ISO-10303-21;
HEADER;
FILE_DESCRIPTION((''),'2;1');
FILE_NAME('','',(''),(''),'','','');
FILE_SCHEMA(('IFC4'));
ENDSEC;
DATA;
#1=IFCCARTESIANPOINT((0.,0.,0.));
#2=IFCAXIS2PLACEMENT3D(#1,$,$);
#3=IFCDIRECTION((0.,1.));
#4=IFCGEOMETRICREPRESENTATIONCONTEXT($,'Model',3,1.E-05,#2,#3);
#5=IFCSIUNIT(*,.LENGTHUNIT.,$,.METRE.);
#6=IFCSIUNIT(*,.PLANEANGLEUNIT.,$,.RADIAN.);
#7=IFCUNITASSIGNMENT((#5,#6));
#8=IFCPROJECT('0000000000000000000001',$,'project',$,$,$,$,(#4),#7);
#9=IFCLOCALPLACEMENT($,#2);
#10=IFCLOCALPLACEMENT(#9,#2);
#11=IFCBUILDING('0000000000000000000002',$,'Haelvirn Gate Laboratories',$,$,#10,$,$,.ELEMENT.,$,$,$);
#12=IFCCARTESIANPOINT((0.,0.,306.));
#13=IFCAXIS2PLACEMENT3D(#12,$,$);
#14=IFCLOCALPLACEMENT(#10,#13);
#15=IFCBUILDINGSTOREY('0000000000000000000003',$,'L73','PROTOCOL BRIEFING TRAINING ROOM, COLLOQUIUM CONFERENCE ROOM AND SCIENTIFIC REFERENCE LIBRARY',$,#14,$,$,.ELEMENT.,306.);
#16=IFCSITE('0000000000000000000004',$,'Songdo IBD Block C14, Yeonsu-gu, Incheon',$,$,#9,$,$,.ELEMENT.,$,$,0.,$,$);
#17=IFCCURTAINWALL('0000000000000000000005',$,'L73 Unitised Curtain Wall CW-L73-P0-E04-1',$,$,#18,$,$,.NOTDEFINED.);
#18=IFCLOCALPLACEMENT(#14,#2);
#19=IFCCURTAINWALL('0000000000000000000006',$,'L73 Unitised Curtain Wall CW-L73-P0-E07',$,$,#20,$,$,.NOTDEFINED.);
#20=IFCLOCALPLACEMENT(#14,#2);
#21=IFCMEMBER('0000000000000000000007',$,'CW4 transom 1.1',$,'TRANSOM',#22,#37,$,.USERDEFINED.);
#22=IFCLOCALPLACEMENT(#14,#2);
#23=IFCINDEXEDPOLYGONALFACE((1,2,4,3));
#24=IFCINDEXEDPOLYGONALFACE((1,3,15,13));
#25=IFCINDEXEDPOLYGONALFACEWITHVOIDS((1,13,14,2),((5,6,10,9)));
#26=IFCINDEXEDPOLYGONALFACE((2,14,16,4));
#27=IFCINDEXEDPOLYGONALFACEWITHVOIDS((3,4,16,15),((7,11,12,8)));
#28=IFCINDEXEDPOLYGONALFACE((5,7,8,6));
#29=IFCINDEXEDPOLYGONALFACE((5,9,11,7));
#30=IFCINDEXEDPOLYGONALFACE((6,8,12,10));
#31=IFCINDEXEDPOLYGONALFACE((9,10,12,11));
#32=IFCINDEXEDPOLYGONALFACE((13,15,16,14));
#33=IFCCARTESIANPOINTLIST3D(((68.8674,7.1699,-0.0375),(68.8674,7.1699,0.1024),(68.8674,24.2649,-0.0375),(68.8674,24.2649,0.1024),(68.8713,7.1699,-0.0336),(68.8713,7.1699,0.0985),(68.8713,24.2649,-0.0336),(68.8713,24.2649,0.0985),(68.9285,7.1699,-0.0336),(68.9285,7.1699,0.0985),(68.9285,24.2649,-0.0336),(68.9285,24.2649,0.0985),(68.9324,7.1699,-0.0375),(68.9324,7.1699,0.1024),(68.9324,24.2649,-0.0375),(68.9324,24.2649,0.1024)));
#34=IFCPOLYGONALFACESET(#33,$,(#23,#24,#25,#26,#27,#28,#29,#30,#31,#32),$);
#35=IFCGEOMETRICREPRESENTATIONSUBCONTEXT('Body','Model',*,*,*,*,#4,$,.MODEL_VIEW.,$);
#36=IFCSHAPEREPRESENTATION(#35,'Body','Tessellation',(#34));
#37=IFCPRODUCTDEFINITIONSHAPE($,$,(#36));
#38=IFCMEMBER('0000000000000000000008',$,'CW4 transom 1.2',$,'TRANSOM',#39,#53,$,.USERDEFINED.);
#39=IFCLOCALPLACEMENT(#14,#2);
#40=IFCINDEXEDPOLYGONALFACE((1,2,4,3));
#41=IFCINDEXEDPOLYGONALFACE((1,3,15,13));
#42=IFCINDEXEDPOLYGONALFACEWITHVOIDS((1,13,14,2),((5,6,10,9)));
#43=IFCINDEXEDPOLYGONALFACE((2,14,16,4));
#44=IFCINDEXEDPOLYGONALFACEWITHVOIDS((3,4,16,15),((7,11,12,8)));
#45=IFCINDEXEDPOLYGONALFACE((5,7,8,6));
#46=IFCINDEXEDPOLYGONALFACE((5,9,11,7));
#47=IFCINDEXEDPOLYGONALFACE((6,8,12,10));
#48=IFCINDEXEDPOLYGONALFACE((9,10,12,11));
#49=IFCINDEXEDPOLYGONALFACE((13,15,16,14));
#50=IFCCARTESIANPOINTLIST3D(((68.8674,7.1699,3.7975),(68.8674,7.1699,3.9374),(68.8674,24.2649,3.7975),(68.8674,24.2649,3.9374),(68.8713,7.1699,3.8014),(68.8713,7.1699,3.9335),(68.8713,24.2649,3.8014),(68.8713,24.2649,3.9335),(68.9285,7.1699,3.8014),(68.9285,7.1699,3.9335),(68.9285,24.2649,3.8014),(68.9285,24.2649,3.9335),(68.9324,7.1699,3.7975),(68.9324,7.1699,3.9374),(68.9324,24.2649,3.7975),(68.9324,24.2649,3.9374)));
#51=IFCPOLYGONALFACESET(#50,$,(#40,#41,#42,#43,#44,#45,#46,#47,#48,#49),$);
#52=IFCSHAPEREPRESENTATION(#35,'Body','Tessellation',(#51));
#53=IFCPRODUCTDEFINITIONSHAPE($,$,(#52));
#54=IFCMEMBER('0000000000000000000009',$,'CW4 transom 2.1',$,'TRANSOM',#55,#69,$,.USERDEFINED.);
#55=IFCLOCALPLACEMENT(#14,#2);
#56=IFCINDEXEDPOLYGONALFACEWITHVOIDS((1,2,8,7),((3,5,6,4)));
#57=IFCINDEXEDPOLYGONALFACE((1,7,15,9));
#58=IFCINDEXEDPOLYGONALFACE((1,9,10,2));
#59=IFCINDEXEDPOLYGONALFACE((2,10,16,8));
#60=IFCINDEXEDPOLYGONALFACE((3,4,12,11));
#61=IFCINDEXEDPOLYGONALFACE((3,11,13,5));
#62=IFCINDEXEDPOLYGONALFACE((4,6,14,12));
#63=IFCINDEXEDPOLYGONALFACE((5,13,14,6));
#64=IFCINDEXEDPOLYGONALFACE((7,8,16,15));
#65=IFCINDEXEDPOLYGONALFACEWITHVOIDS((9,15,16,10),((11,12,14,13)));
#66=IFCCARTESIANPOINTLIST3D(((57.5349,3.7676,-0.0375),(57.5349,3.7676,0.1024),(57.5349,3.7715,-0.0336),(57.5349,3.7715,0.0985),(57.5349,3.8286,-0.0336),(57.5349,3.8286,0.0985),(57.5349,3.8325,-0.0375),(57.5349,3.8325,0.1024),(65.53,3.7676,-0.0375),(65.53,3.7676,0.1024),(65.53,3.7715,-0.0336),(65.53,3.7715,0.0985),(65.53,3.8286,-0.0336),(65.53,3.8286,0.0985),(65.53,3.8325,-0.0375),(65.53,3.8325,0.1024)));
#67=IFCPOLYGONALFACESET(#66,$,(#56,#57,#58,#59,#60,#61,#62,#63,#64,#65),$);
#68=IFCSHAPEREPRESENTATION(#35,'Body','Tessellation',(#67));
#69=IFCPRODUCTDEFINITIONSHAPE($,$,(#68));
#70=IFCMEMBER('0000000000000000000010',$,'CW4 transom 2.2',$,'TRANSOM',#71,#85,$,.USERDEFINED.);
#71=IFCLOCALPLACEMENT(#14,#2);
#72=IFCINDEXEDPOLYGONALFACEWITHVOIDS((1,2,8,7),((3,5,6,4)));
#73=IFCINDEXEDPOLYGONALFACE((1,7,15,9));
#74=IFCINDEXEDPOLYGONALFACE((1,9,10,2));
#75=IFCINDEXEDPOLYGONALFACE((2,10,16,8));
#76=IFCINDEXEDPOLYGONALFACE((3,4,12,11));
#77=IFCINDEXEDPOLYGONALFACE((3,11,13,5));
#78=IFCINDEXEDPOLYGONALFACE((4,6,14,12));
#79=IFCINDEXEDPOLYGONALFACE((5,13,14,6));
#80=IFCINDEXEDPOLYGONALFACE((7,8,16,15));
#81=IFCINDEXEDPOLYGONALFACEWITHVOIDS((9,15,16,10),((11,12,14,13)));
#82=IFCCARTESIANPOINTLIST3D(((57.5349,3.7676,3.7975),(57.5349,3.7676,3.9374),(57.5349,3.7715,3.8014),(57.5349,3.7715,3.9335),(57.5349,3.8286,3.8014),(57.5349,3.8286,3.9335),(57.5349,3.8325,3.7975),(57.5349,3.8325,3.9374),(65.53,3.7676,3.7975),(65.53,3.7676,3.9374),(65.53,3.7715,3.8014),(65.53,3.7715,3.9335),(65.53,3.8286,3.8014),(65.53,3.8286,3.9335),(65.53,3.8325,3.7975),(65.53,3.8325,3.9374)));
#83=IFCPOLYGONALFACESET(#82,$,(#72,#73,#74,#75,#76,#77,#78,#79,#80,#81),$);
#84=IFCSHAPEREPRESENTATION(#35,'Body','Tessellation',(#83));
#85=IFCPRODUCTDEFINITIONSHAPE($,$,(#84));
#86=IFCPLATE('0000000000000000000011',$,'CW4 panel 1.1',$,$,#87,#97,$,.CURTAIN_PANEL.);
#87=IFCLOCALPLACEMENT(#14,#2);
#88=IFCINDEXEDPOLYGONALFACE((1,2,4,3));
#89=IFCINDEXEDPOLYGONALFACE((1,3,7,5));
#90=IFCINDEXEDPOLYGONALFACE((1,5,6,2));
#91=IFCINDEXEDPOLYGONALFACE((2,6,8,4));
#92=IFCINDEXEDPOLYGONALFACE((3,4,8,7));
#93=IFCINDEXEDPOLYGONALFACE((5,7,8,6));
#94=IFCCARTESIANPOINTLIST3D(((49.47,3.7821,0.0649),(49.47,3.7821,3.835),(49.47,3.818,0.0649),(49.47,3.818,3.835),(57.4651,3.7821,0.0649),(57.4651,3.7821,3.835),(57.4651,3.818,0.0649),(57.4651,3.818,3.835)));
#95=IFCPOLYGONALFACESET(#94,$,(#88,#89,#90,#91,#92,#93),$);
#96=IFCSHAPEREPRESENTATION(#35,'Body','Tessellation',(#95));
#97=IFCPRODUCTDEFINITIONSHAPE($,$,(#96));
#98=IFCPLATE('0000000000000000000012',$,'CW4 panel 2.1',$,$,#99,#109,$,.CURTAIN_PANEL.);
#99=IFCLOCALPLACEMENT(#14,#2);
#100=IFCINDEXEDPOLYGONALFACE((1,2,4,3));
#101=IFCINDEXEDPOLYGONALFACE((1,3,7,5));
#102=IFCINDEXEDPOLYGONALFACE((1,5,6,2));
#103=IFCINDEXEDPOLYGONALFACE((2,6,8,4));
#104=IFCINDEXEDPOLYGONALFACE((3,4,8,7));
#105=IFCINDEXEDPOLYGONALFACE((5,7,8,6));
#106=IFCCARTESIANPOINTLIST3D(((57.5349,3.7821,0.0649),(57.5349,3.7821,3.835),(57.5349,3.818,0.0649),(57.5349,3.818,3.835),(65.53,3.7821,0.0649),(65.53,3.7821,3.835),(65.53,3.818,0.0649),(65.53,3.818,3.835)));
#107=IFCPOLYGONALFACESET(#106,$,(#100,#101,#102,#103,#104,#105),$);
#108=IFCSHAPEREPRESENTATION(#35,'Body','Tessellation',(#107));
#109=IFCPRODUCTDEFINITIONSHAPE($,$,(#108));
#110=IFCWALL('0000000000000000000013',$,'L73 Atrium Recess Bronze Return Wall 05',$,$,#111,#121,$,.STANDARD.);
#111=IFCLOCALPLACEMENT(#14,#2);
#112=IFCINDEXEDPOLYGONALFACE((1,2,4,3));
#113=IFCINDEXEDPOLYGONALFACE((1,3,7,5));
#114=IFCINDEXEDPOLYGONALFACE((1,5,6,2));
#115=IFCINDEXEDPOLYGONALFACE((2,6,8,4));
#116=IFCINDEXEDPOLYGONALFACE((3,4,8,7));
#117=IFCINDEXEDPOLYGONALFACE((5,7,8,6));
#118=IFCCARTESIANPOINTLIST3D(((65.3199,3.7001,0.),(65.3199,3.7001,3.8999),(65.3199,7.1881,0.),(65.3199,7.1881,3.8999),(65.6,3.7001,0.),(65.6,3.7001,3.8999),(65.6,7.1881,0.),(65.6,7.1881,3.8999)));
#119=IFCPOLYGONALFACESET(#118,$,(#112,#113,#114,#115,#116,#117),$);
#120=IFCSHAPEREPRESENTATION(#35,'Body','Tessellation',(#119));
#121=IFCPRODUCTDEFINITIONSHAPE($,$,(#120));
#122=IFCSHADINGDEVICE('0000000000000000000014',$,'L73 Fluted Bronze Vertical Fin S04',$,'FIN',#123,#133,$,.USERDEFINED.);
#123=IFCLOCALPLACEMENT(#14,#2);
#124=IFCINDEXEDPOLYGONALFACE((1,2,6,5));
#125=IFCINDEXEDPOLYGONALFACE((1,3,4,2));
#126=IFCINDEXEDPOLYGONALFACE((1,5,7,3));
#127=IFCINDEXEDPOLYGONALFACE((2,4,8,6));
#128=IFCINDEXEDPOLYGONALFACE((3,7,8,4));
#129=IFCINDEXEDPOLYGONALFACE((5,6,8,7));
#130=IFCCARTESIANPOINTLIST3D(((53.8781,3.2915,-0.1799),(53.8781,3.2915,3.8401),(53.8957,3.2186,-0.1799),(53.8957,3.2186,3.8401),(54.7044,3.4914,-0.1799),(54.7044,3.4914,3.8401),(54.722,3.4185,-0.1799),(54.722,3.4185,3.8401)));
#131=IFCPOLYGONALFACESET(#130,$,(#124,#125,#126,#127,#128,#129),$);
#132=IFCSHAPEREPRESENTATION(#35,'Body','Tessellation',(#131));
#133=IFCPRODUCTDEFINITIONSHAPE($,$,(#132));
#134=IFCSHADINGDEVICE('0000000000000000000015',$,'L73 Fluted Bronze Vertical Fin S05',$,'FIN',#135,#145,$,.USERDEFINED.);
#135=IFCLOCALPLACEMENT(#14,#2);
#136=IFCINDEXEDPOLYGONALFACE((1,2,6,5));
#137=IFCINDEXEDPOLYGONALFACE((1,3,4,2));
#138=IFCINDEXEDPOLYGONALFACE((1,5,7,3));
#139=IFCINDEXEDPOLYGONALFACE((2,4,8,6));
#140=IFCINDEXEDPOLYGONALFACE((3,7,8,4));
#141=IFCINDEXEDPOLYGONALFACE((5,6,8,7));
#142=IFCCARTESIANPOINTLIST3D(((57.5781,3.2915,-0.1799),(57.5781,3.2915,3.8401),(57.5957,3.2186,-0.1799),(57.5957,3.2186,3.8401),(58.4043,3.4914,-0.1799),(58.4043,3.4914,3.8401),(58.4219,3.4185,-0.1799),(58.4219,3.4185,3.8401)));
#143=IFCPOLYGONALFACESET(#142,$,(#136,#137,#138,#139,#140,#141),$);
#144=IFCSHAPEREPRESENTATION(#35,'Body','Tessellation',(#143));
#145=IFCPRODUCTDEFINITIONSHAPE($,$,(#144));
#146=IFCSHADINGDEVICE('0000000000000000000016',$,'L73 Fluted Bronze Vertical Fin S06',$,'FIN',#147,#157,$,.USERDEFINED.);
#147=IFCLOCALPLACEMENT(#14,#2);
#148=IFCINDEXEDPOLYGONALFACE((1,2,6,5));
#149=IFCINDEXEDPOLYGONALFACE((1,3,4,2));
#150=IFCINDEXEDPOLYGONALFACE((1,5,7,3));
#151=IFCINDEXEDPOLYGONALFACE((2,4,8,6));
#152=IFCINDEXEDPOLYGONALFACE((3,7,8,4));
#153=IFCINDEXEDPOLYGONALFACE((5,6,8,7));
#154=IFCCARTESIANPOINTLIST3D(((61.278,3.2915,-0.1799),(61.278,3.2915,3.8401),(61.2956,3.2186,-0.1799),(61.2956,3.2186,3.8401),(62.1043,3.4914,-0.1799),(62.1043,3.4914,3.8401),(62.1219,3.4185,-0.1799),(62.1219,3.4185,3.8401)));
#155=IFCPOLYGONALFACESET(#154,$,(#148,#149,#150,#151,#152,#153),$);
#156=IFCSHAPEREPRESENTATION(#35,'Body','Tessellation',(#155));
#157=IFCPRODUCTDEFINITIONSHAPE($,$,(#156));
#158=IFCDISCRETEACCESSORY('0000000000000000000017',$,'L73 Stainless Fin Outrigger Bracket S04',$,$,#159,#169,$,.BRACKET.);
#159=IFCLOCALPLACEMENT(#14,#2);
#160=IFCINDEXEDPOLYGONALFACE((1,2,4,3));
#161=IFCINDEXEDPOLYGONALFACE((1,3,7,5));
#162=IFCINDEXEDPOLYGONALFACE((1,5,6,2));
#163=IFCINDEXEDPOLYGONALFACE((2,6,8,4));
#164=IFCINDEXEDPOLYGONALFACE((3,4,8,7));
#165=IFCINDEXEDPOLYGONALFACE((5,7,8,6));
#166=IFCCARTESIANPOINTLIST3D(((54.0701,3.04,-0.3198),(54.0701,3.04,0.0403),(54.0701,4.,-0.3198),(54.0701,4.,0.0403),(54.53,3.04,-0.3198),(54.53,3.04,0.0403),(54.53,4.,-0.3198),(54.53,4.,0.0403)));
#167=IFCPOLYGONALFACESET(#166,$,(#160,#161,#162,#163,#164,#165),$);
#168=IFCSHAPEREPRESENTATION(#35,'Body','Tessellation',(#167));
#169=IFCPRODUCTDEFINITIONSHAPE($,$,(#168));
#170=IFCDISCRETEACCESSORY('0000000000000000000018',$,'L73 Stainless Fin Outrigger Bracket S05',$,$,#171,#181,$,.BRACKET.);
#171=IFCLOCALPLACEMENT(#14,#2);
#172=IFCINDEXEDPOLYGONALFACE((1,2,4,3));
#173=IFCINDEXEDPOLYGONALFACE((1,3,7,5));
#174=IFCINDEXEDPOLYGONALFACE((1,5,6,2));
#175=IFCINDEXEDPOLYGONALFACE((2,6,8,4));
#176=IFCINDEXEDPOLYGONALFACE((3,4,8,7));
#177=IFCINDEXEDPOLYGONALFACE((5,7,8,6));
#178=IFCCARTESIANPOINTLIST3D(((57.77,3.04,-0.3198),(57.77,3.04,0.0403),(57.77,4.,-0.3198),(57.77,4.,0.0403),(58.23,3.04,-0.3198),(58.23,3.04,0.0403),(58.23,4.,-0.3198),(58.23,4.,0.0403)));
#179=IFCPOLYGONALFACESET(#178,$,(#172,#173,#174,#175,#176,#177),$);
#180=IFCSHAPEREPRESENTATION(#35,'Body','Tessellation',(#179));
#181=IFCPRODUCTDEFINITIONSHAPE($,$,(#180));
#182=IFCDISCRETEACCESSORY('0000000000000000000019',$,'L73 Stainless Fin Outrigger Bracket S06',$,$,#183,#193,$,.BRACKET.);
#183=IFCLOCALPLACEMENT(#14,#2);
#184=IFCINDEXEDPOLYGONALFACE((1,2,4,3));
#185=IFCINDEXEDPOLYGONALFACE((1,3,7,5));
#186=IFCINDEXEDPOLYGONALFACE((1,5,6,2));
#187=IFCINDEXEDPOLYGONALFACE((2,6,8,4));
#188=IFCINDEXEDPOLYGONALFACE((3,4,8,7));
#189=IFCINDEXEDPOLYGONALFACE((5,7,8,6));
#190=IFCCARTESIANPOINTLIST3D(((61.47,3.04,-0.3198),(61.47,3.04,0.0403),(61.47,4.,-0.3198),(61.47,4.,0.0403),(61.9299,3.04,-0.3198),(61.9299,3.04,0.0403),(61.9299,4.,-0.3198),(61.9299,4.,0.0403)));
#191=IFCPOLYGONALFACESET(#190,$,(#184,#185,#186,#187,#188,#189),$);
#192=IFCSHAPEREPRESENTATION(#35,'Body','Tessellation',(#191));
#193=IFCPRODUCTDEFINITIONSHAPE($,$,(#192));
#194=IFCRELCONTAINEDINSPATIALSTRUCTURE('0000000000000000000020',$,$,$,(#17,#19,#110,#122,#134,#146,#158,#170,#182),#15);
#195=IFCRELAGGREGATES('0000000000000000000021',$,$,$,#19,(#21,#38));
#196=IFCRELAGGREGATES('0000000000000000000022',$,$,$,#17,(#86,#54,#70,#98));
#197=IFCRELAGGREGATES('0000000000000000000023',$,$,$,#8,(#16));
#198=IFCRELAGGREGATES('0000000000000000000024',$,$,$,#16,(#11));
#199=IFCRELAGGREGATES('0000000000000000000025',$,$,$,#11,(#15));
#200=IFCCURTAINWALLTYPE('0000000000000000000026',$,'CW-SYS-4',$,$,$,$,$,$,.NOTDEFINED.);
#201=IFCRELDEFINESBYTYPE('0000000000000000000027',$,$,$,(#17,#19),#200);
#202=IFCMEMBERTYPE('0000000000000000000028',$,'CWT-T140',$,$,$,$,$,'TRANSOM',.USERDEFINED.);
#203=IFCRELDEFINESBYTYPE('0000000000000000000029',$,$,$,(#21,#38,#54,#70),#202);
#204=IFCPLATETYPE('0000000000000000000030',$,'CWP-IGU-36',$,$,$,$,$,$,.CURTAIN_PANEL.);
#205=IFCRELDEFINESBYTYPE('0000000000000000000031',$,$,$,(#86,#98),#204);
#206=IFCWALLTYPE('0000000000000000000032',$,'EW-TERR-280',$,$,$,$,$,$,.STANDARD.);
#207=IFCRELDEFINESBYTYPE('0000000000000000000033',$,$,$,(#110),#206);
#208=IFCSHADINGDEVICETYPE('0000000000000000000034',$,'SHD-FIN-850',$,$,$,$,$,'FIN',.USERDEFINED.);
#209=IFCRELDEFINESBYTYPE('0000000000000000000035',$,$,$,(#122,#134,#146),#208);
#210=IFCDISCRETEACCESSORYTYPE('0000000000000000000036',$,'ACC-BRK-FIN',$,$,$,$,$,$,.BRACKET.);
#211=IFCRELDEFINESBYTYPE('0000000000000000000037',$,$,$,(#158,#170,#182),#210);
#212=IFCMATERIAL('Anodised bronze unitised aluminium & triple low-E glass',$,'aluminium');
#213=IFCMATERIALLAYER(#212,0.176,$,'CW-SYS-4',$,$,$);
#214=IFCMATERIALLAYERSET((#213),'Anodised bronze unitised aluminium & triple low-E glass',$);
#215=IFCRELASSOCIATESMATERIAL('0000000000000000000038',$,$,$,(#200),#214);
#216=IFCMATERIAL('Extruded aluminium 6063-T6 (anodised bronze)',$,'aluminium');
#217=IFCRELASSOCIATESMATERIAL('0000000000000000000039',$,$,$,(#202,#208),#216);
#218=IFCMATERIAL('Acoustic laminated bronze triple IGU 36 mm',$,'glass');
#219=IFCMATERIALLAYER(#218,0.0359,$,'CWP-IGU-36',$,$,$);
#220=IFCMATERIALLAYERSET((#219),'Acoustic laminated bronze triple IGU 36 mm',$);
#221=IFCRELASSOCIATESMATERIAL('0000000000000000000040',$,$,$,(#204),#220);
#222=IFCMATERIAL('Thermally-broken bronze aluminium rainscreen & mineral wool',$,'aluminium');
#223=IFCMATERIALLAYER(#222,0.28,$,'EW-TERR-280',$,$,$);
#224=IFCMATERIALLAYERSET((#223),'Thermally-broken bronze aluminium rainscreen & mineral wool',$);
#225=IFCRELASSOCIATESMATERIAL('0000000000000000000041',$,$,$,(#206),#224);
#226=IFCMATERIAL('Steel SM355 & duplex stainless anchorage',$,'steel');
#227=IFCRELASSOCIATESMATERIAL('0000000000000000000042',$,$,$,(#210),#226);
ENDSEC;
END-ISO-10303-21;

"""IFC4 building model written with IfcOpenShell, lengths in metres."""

from ifc_helpers import new_model, si_unit, direction, frame, frame_2d, origin, origin_2d, place, context, subcontext, project, spatial, rectangle, hollow_rectangle, extrude, source, transform, mapped, material, layer, layer_set, material_profile, profile_set, type_object, type_shapes, element, aggregate, save


model = new_model("IFC4")

# Units and contexts
model_context = context("Model", 3, precision=1e-05, world=origin(), true_north=direction((0.0, 1.0)))
body_context = subcontext(model_context, "Body", "Model", "MODEL_VIEW")
ifc_project = project(units=[si_unit("LENGTHUNIT", "METRE"), si_unit("PLANEANGLEUNIT", "RADIAN")], contexts=[model_context])

# Site, building, storey
site_placement = place(None, origin())
site = spatial("IfcSite", under=ifc_project, at=site_placement, Name="Songdo IBD Block C14, Yeonsu-gu, Incheon", CompositionType="ELEMENT", RefElevation=0.0)
building_placement = place(site_placement, origin())
building = spatial("IfcBuilding", under=site, at=building_placement, Name="Haelvirn Gate Laboratories", CompositionType="ELEMENT")
storey_placement = place(building_placement, frame((0.0, 0.0, 306.0)))
storey = spatial("IfcBuildingStorey", under=building, at=storey_placement, Name="L73", Description="PROTOCOL BRIEFING TRAINING ROOM, COLLOQUIUM CONFERENCE ROOM AND SCIENTIFIC REFERENCE LIBRARY", CompositionType="ELEMENT", Elevation=306.0)

# Curtain wall
ifc_material_1 = material(Name="Anodised bronze unitised aluminium & triple low-E glass", Category="aluminium")
ifc_layer_1 = layer(ifc_material_1, 0.176, Name="CW-SYS-4")
ifc_layer_set_1 = layer_set([ifc_layer_1], Name="Anodised bronze unitised aluminium & triple low-E glass")
curtain_wall_type_1 = type_object("IfcCurtainWallType", Name="CW-SYS-4", PredefinedType="NOTDEFINED", material=ifc_layer_set_1)
curtain_wall_1_placement = place(storey_placement, origin())
curtain_wall_1 = element("IfcCurtainWall", 1, at=curtain_wall_1_placement, inside=storey, type_object=curtain_wall_type_1, Name="L73 Unitised Curtain Wall CW-L73-P0-E04-1", PredefinedType="NOTDEFINED")
ifc_material_2 = material(Name="Extruded aluminium 6063-T6 (anodised bronze)", Category="aluminium")

# Curtain wall
curtain_wall_2_placement = place(storey_placement, origin())
curtain_wall_2 = element("IfcCurtainWall", 2, at=curtain_wall_2_placement, inside=storey, type_object=curtain_wall_type_1, Name="L73 Unitised Curtain Wall CW-L73-P0-E07", PredefinedType="NOTDEFINED")

# Shared definitions
ifc_material_profile_1 = material_profile(ifc_material_2, hollow_rectangle(XDim=0.0649, YDim=0.1399, WallThickness=0.0039, at=origin_2d()), Name="CWT-140x65x4")
ifc_profile_set_1 = profile_set([ifc_material_profile_1], Name="Extruded aluminium 6063-T6 (anodised bronze)")
member_type_1 = type_object("IfcMemberType", Name="CWT-T140", ElementType="TRANSOM", PredefinedType="USERDEFINED", material=ifc_profile_set_1)

# Members
shared_shape_1 = source(origin(), body_context, "Body", "SweptSolid", [
    extrude(hollow_rectangle(XDim=0.0649, YDim=0.1399, WallThickness=0.0039, at=origin_2d()), origin(), (0.0, 0.0, 1.0), 17.095),
])
member_1_placement = place(storey_placement, frame((68.8999, 7.1699, 0.0325), z_axis=(0.0, 1.0, 0.0), x_axis=(-1.0, 0.0, 0.0)))
member_1 = element("IfcMember", 3, at=member_1_placement, type_object=member_type_1, Name="CW4 transom 1.1", ObjectType="TRANSOM", PredefinedType="USERDEFINED", context=body_context, shape_type="MappedRepresentation", body=[
    mapped(shared_shape_1, transform((0.0, 0.0, 0.0), scale=1.0)),
])
member_2_placement = place(storey_placement, frame((68.8999, 7.1699, 3.8674), z_axis=(0.0, 1.0, 0.0), x_axis=(-1.0, 0.0, 0.0)))
member_2 = element("IfcMember", 4, at=member_2_placement, type_object=member_type_1, Name="CW4 transom 1.2", ObjectType="TRANSOM", PredefinedType="USERDEFINED", context=body_context, shape_type="MappedRepresentation", body=[
    mapped(shared_shape_1, transform((0.0, 0.0, 0.0), scale=1.0)),
])
aggregate(curtain_wall_2, [member_1, member_2])
shared_shape_2 = source(origin(), body_context, "Body", "SweptSolid", [
    extrude(hollow_rectangle(XDim=0.0649, YDim=0.1399, WallThickness=0.0039, at=origin_2d()), origin(), (0.0, 0.0, 1.0), 7.9951),
])
member_3_placement = place(storey_placement, frame((57.5349, 3.8, 0.0325), z_axis=(1.0, 0.0, 0.0), x_axis=(0.0, 1.0, 0.0)))
member_3 = element("IfcMember", 5, at=member_3_placement, type_object=member_type_1, Name="CW4 transom 2.1", ObjectType="TRANSOM", PredefinedType="USERDEFINED", context=body_context, shape_type="MappedRepresentation", body=[
    mapped(shared_shape_2, transform((0.0, 0.0, 0.0), scale=1.0)),
])
member_4_placement = place(storey_placement, frame((57.5349, 3.8, 3.8674), z_axis=(1.0, 0.0, 0.0), x_axis=(0.0, 1.0, 0.0)))
member_4 = element("IfcMember", 6, at=member_4_placement, type_object=member_type_1, Name="CW4 transom 2.2", ObjectType="TRANSOM", PredefinedType="USERDEFINED", context=body_context, shape_type="MappedRepresentation", body=[
    mapped(shared_shape_2, transform((0.0, 0.0, 0.0), scale=1.0)),
])

# Plates
ifc_material_3 = material(Name="Acoustic laminated bronze triple IGU 36 mm", Category="glass")
ifc_layer_2 = layer(ifc_material_3, 0.0359, Name="CWP-IGU-36")
ifc_layer_set_2 = layer_set([ifc_layer_2], Name="Acoustic laminated bronze triple IGU 36 mm")
plate_type = type_object("IfcPlateType", Name="CWP-IGU-36", PredefinedType="CURTAIN_PANEL", material=ifc_layer_set_2)
shared_shape_3 = source(origin(), body_context, "Body", "SweptSolid", [
    extrude(rectangle(XDim=7.9951, YDim=0.0359, at=origin_2d()), origin(), (0.0, 0.0, 1.0), 3.77),
])
type_shapes(plate_type, [shared_shape_3])
plate_1_placement = place(storey_placement, frame((53.4675, 3.8, 0.0649), z_axis=(0.0, 0.0, 1.0), x_axis=(1.0, 0.0, 0.0)))
plate_1 = element("IfcPlate", 7, at=plate_1_placement, type_object=plate_type, Name="CW4 panel 1.1", PredefinedType="CURTAIN_PANEL", context=body_context, shape_type="MappedRepresentation", body=[
    mapped(shared_shape_3, transform((0.0, 0.0, 0.0), scale=1.0)),
])
plate_2_placement = place(storey_placement, frame((61.5325, 3.8, 0.0649), z_axis=(0.0, 0.0, 1.0), x_axis=(1.0, 0.0, 0.0)))
plate_2 = element("IfcPlate", 8, at=plate_2_placement, type_object=plate_type, Name="CW4 panel 2.1", PredefinedType="CURTAIN_PANEL", context=body_context, shape_type="MappedRepresentation", body=[
    mapped(shared_shape_3, transform((0.0, 0.0, 0.0), scale=1.0)),
])
aggregate(curtain_wall_1, [plate_1, member_3, member_4, plate_2])

# Wall
ifc_material_4 = material(Name="Thermally-broken bronze aluminium rainscreen & mineral wool", Category="aluminium")
ifc_layer_3 = layer(ifc_material_4, 0.28, Name="EW-TERR-280")
ifc_layer_set_3 = layer_set([ifc_layer_3], Name="Thermally-broken bronze aluminium rainscreen & mineral wool")
wall_type = type_object("IfcWallType", Name="EW-TERR-280", PredefinedType="STANDARD", material=ifc_layer_set_3)
wall_placement = place(storey_placement, frame((65.46, 3.7, 0.0), z_axis=(0.0, 0.0, 1.0), x_axis=(0.0, 1.0, 0.0)))
element("IfcWall", 9, at=wall_placement, inside=storey, type_object=wall_type, Name="L73 Atrium Recess Bronze Return Wall 05", PredefinedType="STANDARD", context=body_context, shape_type="SweptSolid", body=[
    extrude(rectangle(XDim=3.488, YDim=0.28, at=frame_2d((1.7441, 0.0))), origin(), (0.0, 0.0, 1.0), 3.8999),
])

# Shading devices
ifc_material_profile_2 = material_profile(ifc_material_2, rectangle(XDim=0.075, YDim=0.8501, at=origin_2d()), Name="FIN-850x75")
ifc_profile_set_2 = profile_set([ifc_material_profile_2], Name="Extruded aluminium 6063-T6 (anodised bronze)")
shading_device_type = type_object("IfcShadingDeviceType", Name="SHD-FIN-850", ElementType="FIN", PredefinedType="USERDEFINED", material=ifc_profile_set_2)
shared_shape_4 = source(origin(), body_context, "Body", "SweptSolid", [
    extrude(rectangle(XDim=0.075, YDim=0.8501, at=origin_2d()), origin(), (0.0, 0.0, 1.0), 4.02),
])
type_shapes(shading_device_type, [shared_shape_4])
for number, where, z_axis, x_axis, name in (
    (10, (54.3, 3.355, -0.1799), (0.0, 0.0, 1.0), (-0.235142, 0.971961, 0.0), "L73 Fluted Bronze Vertical Fin S04"),
    (11, (58.0, 3.355, -0.1799), (0.0, 0.0, 1.0), (-0.235142, 0.971961, 0.0), "L73 Fluted Bronze Vertical Fin S05"),
    (12, (61.7, 3.355, -0.1799), (0.0, 0.0, 1.0), (-0.235142, 0.971961, 0.0), "L73 Fluted Bronze Vertical Fin S06"),
):
    element("IfcShadingDevice", number, at=place(storey_placement, frame(where, z_axis=z_axis, x_axis=x_axis)), inside=storey, type_object=shading_device_type, Name=name, ObjectType="FIN", PredefinedType="USERDEFINED", context=body_context, shape_type="MappedRepresentation", body=[
        mapped(shared_shape_4, transform((0.0, 0.0, 0.0), scale=1.0)),
    ])

# Discrete accessories
ifc_material_5 = material(Name="Steel SM355 & duplex stainless anchorage", Category="steel")
discrete_accessory_type = type_object("IfcDiscreteAccessoryType", Name="ACC-BRK-FIN", PredefinedType="BRACKET", material=ifc_material_5)
shared_shape_5 = source(origin(), body_context, "Body", "SweptSolid", [
    extrude(rectangle(XDim=0.46, YDim=0.96, at=origin_2d()), origin(), (0.0, 0.0, 1.0), 0.3601),
])
type_shapes(discrete_accessory_type, [shared_shape_5])
for number, where, z_axis, x_axis, name in (
    (13, (54.3, 3.52, -0.3198), (0.0, 0.0, 1.0), (1.0, 0.0, 0.0), "L73 Stainless Fin Outrigger Bracket S04"),
    (14, (58.0, 3.52, -0.3198), (0.0, 0.0, 1.0), (1.0, 0.0, 0.0), "L73 Stainless Fin Outrigger Bracket S05"),
    (15, (61.7, 3.52, -0.3198), (0.0, 0.0, 1.0), (1.0, 0.0, 0.0), "L73 Stainless Fin Outrigger Bracket S06"),
):
    element("IfcDiscreteAccessory", number, at=place(storey_placement, frame(where, z_axis=z_axis, x_axis=x_axis)), inside=storey, type_object=discrete_accessory_type, Name=name, PredefinedType="BRACKET", context=body_context, shape_type="MappedRepresentation", body=[
        mapped(shared_shape_5, transform((0.0, 0.0, 0.0), scale=1.0)),
    ])

save(model, "model.ifc")
